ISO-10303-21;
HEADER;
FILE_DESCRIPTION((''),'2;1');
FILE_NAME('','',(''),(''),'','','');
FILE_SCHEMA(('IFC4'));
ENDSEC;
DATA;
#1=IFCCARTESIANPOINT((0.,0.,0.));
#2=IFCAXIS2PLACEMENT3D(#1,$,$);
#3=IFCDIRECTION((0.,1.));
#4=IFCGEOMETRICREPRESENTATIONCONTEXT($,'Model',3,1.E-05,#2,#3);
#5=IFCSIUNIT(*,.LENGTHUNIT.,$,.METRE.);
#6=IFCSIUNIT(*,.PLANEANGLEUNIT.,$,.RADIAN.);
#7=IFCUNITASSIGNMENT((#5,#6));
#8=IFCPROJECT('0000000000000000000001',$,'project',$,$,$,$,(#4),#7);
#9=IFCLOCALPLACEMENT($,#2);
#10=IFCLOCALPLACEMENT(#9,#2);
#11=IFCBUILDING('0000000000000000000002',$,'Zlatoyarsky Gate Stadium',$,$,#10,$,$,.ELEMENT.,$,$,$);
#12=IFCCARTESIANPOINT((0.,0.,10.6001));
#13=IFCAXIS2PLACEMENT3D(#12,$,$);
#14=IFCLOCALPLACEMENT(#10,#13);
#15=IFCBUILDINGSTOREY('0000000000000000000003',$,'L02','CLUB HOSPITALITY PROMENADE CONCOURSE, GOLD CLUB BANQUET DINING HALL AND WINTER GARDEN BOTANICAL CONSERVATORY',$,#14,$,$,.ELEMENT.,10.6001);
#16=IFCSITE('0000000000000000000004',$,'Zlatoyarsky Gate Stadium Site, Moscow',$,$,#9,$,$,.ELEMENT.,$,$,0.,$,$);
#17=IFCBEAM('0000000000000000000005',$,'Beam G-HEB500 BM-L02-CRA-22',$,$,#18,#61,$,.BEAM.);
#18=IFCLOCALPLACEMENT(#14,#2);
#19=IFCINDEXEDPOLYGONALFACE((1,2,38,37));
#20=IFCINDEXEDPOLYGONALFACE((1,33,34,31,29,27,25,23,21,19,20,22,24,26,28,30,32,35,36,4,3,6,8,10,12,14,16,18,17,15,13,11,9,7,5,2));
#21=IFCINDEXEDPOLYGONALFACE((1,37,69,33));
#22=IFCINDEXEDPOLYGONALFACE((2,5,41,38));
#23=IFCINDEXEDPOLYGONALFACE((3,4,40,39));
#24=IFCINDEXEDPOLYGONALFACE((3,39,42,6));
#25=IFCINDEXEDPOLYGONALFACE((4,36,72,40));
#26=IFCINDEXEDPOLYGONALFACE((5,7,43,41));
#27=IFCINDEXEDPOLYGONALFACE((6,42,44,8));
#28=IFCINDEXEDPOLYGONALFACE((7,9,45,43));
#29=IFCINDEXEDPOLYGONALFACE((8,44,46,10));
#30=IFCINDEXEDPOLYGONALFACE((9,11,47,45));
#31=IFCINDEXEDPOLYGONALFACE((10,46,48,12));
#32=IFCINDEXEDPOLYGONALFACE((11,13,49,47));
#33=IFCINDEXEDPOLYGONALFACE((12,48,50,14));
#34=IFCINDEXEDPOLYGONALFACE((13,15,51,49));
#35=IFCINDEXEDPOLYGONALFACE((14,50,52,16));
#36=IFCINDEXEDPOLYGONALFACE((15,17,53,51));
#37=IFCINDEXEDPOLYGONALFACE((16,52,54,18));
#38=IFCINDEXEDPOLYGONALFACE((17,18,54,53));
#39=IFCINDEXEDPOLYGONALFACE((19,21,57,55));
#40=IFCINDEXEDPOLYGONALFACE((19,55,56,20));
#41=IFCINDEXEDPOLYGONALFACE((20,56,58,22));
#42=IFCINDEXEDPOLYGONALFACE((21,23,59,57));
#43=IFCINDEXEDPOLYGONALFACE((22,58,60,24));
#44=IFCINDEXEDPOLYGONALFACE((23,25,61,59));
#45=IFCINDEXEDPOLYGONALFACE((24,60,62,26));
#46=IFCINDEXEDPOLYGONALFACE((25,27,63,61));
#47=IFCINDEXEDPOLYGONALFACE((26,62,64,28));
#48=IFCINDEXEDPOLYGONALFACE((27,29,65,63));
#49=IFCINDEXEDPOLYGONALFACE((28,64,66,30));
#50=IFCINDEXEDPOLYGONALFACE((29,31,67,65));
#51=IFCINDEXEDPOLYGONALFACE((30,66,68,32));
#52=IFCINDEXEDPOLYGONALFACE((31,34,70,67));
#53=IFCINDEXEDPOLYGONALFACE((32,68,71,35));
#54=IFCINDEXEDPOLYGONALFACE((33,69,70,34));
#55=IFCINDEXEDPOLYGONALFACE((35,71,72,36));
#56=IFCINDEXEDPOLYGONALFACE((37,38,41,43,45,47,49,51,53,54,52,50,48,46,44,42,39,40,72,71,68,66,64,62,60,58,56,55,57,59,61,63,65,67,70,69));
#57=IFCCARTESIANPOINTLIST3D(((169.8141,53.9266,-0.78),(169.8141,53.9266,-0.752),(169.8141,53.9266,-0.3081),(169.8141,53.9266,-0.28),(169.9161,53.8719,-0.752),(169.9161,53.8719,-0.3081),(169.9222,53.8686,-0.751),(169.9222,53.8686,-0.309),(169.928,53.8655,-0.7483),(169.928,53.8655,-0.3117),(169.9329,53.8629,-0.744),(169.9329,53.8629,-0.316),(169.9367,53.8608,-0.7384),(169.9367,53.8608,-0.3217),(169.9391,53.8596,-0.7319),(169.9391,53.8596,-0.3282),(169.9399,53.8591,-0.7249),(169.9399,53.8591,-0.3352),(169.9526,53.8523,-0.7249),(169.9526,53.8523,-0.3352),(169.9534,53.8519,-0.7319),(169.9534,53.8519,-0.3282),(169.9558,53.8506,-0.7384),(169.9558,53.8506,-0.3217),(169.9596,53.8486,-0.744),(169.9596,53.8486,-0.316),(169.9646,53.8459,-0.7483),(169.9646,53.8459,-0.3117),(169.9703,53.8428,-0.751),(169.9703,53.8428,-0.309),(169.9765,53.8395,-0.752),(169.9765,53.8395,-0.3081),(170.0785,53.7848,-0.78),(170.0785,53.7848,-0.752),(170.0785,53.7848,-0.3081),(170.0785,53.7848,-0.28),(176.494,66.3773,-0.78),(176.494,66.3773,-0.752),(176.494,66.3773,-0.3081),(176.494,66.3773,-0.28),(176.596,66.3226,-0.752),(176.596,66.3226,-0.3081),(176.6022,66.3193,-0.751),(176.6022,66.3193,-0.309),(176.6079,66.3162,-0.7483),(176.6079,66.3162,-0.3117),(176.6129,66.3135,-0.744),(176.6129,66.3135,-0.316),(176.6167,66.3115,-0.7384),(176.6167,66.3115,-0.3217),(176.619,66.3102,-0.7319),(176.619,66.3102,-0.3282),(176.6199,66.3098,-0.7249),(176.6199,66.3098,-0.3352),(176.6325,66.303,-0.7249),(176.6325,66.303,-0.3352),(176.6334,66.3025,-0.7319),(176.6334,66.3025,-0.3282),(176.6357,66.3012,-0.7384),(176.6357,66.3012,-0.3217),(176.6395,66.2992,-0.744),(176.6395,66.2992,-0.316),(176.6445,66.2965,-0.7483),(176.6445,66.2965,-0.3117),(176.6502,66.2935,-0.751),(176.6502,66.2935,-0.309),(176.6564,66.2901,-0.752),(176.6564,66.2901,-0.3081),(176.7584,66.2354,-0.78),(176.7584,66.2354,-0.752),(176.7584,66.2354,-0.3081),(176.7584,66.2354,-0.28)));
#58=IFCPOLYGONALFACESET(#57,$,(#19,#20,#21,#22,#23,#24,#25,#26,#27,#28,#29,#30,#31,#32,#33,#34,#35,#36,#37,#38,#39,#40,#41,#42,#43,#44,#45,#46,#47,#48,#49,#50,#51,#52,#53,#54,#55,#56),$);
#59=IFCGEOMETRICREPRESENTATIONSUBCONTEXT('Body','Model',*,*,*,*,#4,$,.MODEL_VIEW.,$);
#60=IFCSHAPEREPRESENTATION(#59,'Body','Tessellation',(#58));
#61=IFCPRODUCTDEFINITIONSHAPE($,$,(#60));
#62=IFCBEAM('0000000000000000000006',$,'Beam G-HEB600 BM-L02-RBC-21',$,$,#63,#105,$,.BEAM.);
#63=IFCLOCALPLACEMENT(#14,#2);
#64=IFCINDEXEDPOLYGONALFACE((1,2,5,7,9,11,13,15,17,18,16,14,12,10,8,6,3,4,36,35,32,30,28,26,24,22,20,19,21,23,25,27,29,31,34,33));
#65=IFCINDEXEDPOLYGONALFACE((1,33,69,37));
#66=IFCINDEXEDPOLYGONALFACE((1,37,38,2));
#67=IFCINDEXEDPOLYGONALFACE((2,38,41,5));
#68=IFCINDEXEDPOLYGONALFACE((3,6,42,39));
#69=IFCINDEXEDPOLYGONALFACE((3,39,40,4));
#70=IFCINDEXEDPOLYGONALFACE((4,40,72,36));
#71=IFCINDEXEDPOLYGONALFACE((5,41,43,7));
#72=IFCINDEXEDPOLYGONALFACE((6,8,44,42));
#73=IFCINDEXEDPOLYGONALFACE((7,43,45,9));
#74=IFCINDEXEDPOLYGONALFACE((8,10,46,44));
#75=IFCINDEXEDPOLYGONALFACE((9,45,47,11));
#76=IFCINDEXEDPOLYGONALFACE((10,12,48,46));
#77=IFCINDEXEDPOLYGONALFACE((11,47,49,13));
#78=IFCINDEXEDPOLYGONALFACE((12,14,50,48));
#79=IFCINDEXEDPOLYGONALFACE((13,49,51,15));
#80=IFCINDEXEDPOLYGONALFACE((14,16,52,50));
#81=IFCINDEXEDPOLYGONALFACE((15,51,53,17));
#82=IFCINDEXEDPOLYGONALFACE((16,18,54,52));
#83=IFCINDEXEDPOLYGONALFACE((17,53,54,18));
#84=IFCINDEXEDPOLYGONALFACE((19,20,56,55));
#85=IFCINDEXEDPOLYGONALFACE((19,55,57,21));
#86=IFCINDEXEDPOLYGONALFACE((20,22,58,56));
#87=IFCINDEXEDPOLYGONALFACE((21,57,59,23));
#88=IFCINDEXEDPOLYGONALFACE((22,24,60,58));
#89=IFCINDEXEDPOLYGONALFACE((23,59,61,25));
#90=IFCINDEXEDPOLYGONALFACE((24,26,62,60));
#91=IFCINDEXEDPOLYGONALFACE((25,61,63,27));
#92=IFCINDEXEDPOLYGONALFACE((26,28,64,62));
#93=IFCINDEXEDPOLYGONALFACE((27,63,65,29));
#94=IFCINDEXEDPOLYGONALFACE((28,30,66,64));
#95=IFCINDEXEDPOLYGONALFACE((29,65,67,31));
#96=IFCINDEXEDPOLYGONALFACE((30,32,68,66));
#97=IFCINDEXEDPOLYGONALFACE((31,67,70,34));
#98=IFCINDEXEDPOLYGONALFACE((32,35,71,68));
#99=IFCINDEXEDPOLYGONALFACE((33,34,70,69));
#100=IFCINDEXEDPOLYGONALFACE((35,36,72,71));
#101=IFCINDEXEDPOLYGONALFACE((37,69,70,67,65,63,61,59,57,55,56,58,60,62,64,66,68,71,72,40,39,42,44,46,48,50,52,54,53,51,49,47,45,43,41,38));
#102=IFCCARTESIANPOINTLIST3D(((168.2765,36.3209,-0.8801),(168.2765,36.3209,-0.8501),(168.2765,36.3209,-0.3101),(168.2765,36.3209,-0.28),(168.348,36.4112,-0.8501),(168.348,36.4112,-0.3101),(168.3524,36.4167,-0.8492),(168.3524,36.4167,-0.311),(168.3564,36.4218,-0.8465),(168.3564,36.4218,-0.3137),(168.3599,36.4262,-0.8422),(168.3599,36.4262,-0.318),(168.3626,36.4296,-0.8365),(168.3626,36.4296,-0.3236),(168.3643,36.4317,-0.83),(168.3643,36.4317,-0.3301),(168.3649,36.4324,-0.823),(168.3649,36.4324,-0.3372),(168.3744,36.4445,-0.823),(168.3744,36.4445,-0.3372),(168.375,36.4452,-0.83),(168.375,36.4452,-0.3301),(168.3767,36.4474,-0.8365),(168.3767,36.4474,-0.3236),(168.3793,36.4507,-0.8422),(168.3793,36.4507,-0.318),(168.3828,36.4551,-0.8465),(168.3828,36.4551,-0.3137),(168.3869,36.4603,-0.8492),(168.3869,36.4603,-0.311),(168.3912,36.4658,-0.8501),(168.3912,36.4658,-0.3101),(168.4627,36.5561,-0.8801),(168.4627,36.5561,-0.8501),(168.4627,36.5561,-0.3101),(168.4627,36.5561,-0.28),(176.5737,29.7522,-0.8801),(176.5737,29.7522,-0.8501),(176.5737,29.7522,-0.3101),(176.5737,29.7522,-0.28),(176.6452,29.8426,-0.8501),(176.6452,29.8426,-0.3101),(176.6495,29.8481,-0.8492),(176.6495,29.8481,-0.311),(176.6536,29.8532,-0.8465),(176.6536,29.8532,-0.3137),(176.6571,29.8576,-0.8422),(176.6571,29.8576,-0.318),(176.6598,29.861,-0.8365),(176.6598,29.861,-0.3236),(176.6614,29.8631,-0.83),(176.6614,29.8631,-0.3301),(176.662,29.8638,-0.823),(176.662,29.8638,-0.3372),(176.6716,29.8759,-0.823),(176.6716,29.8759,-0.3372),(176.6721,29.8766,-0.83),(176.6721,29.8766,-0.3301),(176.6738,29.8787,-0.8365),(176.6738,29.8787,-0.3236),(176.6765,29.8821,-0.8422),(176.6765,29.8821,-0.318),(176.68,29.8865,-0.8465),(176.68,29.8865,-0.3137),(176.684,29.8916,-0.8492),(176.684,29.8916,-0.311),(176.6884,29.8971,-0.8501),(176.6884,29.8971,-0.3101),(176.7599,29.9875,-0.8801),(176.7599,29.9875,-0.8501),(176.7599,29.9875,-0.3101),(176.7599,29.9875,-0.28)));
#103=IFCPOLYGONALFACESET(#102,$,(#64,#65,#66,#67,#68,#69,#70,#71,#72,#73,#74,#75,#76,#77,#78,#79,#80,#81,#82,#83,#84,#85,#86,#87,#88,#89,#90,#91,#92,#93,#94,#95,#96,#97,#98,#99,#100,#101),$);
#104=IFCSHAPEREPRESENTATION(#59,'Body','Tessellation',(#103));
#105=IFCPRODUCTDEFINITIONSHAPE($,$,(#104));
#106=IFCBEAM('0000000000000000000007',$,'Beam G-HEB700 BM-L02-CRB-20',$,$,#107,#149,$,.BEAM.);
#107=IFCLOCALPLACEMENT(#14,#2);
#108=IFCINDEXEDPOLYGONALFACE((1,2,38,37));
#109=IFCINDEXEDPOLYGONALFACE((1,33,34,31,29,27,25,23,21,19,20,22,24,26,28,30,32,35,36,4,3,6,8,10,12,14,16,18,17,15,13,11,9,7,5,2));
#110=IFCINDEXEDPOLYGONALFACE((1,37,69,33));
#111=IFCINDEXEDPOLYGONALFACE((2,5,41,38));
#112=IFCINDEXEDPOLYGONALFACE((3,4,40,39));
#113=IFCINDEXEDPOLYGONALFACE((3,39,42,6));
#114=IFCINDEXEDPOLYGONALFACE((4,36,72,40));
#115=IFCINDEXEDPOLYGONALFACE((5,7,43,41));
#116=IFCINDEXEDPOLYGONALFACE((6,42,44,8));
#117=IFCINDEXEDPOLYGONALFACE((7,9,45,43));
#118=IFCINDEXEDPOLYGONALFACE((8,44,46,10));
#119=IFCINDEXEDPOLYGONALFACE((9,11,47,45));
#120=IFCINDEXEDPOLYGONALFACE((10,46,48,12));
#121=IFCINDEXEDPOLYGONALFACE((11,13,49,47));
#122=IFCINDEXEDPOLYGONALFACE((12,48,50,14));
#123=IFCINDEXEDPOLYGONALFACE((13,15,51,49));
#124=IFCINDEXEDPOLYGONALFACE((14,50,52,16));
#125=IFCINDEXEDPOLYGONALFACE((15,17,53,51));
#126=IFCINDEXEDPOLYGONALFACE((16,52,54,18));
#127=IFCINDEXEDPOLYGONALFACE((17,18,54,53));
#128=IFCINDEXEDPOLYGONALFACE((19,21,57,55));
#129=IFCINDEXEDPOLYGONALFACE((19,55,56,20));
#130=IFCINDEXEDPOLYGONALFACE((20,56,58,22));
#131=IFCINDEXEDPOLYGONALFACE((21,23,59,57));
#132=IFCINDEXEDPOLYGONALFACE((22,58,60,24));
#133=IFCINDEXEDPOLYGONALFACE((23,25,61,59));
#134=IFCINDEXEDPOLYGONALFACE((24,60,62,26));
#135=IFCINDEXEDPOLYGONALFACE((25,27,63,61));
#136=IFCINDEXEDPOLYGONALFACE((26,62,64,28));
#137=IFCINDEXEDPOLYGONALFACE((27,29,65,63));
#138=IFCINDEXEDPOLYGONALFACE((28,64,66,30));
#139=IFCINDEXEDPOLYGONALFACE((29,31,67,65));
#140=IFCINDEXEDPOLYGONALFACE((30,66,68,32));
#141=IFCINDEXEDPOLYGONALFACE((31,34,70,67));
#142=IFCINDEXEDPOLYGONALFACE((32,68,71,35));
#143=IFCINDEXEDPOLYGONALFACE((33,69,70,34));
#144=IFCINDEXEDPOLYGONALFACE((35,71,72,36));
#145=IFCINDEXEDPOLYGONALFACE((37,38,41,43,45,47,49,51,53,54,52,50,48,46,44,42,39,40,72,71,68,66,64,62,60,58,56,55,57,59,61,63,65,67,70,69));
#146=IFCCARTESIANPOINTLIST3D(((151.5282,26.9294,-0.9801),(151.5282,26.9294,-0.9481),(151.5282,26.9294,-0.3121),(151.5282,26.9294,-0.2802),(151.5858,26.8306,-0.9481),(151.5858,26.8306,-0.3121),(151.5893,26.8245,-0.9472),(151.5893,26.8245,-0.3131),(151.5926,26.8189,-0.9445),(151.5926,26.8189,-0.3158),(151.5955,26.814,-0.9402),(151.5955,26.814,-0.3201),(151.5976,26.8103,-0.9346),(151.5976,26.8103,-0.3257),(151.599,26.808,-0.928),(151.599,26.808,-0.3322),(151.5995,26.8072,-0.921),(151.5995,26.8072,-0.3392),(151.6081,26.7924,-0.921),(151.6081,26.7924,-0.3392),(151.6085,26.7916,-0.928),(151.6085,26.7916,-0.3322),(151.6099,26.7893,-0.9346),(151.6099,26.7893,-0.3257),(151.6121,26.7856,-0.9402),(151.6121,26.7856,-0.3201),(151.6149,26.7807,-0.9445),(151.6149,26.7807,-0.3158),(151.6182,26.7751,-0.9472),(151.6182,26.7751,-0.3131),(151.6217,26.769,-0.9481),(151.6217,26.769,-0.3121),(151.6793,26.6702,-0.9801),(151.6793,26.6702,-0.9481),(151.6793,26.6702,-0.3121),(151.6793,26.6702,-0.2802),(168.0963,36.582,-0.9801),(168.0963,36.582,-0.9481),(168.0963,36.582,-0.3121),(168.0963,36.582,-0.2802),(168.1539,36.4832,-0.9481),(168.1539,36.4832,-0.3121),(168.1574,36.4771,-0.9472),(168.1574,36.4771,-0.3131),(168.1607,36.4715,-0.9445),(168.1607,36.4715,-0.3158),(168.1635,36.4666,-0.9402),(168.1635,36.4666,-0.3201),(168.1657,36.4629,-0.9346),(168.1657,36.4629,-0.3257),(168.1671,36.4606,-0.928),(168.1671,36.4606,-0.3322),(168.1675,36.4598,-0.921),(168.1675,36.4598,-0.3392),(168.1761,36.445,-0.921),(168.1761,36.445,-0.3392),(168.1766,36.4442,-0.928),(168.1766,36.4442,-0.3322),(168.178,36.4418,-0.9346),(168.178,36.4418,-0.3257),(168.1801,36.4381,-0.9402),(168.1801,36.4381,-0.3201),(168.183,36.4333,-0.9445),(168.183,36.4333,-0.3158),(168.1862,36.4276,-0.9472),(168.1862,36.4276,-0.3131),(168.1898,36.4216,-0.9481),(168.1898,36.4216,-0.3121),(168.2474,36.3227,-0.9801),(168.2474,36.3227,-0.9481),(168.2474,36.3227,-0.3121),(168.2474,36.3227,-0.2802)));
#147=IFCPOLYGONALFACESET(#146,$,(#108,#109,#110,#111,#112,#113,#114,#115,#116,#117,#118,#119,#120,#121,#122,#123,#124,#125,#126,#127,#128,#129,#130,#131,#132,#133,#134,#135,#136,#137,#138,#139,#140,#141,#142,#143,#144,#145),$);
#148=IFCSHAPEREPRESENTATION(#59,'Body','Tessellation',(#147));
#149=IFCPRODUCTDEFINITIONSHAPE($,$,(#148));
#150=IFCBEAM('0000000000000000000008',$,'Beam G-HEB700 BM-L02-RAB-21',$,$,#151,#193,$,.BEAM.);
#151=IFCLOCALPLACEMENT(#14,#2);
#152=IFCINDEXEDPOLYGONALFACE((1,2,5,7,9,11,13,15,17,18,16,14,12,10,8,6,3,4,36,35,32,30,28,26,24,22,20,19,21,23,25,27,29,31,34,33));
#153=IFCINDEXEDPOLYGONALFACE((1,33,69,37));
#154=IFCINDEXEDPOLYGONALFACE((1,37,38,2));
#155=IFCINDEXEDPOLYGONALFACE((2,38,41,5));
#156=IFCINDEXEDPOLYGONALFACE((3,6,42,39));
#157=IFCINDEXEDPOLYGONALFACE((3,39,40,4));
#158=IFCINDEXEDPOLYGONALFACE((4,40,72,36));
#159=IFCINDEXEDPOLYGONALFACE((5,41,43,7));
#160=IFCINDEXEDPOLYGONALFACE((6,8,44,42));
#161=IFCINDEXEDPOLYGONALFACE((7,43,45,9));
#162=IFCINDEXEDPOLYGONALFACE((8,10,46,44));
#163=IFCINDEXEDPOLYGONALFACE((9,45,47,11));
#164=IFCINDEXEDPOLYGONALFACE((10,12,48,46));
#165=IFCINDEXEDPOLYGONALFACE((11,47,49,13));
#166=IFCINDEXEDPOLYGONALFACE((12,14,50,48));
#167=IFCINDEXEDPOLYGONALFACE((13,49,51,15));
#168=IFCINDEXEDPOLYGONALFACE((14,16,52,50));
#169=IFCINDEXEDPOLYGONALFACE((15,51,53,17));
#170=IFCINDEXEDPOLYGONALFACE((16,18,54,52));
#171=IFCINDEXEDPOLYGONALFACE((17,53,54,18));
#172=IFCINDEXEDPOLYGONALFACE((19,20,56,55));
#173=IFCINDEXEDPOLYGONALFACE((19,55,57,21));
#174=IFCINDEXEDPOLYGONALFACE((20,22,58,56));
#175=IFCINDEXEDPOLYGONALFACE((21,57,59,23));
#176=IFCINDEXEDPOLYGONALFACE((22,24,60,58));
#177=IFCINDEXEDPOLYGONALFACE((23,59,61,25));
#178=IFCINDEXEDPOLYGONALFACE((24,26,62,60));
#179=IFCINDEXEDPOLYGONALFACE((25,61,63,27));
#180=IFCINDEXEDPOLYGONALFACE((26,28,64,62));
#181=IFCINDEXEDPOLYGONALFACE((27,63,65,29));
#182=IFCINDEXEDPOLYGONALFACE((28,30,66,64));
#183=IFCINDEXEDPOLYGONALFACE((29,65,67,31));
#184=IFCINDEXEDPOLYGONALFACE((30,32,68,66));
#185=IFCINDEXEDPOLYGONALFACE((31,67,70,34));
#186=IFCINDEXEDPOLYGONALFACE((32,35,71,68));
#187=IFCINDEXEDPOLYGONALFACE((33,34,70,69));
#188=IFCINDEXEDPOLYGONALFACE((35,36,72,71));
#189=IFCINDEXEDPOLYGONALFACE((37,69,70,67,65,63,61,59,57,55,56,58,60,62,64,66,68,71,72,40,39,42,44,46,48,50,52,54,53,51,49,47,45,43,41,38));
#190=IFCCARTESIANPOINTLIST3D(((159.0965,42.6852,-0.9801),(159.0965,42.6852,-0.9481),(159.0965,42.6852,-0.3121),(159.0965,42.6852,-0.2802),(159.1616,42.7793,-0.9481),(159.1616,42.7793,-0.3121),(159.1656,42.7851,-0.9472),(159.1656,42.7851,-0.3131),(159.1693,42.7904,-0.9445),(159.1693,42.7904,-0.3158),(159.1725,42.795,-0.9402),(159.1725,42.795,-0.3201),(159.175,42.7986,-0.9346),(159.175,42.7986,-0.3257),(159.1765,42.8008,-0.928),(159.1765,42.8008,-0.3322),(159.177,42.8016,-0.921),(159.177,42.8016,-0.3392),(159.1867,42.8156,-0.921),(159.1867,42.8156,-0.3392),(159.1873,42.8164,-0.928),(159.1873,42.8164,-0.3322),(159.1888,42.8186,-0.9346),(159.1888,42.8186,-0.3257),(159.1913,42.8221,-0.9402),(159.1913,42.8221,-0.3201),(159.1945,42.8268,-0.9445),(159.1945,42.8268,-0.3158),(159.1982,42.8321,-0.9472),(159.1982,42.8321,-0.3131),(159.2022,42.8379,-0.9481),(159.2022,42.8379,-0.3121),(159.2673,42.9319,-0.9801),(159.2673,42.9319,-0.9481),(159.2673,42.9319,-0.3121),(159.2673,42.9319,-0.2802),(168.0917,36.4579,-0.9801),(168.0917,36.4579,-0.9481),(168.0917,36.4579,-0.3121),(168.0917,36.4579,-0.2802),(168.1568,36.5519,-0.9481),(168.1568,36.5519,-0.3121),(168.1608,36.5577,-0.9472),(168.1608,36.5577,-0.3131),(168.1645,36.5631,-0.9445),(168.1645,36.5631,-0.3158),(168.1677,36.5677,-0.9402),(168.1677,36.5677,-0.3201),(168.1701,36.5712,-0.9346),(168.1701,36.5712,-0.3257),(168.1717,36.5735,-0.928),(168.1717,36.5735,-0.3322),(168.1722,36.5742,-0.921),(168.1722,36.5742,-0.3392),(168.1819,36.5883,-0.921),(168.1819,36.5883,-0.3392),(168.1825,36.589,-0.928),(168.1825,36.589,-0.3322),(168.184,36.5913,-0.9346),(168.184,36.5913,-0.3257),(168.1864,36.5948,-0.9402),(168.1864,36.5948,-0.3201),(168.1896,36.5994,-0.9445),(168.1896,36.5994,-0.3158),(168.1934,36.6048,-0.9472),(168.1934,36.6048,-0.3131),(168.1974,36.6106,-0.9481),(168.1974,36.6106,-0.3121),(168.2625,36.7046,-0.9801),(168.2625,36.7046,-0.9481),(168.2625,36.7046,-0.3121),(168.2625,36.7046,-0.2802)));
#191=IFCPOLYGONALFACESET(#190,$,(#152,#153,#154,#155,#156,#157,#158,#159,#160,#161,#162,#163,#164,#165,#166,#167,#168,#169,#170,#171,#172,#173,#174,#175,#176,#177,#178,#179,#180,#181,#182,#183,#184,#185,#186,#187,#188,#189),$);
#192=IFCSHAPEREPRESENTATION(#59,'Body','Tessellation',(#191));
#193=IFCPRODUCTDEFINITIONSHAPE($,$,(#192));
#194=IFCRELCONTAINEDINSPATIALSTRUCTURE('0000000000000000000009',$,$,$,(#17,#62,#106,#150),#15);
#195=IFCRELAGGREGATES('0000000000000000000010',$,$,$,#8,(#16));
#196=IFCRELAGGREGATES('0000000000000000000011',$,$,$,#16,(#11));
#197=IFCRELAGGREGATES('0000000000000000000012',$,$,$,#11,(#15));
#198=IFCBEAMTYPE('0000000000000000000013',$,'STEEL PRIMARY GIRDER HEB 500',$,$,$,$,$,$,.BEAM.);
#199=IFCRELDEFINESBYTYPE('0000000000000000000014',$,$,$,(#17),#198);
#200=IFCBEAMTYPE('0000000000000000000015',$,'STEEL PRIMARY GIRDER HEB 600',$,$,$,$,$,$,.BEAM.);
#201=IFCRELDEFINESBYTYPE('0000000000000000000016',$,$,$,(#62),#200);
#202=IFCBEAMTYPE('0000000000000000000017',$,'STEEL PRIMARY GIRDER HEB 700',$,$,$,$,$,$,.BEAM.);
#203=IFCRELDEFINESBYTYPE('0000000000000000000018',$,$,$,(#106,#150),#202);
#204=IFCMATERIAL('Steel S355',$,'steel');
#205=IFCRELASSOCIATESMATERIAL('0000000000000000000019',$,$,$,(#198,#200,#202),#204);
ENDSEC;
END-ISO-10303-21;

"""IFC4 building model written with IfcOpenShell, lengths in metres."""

from ifc_helpers import new_model, si_unit, direction, frame, origin, origin_2d, place, context, subcontext, project, spatial, i_section, extrude, material, material_profile, profile_set, type_object, element, save


model = new_model("IFC4")

# Units and contexts
model_context = context("Model", 3, precision=1e-05, world=origin(), true_north=direction((0.0, 1.0)))
body_context = subcontext(model_context, "Body", "Model", "MODEL_VIEW")
ifc_project = project(units=[si_unit("LENGTHUNIT", "METRE"), si_unit("PLANEANGLEUNIT", "RADIAN")], contexts=[model_context])

# Site, building, storey
site_placement = place(None, origin())
site = spatial("IfcSite", under=ifc_project, at=site_placement, Name="Zlatoyarsky Gate Stadium Site, Moscow", CompositionType="ELEMENT", RefElevation=0.0)
building_placement = place(site_placement, origin())
building = spatial("IfcBuilding", under=site, at=building_placement, Name="Zlatoyarsky Gate Stadium", CompositionType="ELEMENT")
storey_placement = place(building_placement, frame((0.0, 0.0, 10.6001)))
storey = spatial("IfcBuildingStorey", under=building, at=storey_placement, Name="L02", Description="CLUB HOSPITALITY PROMENADE CONCOURSE, GOLD CLUB BANQUET DINING HALL AND WINTER GARDEN BOTANICAL CONSERVATORY", CompositionType="ELEMENT", Elevation=10.6001)

# Shared definitions
ifc_material_1 = material(Name="Steel S355", Category="steel")

# Beams
ifc_material_profile_1 = material_profile(ifc_material_1, i_section(OverallWidth=0.3, OverallDepth=0.5, WebThickness=0.0144, FlangeThickness=0.0281, FilletRadius=0.0271, at=origin_2d()), Name="HEB 500")
ifc_profile_set_1 = profile_set([ifc_material_profile_1], Name="Steel S355")
beam_type_1 = type_object("IfcBeamType", Name="STEEL PRIMARY GIRDER HEB 500", PredefinedType="BEAM", material=ifc_profile_set_1)
beam_1_placement = place(storey_placement, frame((169.9463, 53.8557, -0.53), z_axis=(0.472767, 0.881187, 0.0), x_axis=(-0.881187, 0.472767, 0.0)))
element("IfcBeam", 1, at=beam_1_placement, inside=storey, type_object=beam_type_1, Name="Beam G-HEB500 BM-L02-CRA-22", PredefinedType="BEAM", context=body_context, shape_type="SweptSolid", body=[
    extrude(i_section(OverallWidth=0.3, OverallDepth=0.5, WebThickness=0.0144, FlangeThickness=0.0281, FilletRadius=0.0271, at=origin_2d()), origin(), (0.0, 0.0, 1.0), 14.1294),
])
ifc_material_profile_2 = material_profile(ifc_material_1, i_section(OverallWidth=0.3, OverallDepth=0.6001, WebThickness=0.0154, FlangeThickness=0.03, FilletRadius=0.0271, at=origin_2d()), Name="HEB 600")
ifc_profile_set_2 = profile_set([ifc_material_profile_2], Name="Steel S355")
beam_type_2 = type_object("IfcBeamType", Name="STEEL PRIMARY GIRDER HEB 600", PredefinedType="BEAM", material=ifc_profile_set_2)
beam_2_placement = place(storey_placement, frame((168.3696, 36.4385, -0.5801), z_axis=(0.784043, -0.620706, 0.0), x_axis=(0.620706, 0.784043, 0.0)))
element("IfcBeam", 2, at=beam_2_placement, inside=storey, type_object=beam_type_2, Name="Beam G-HEB600 BM-L02-RBC-21", PredefinedType="BEAM", context=body_context, shape_type="SweptSolid", body=[
    extrude(i_section(OverallWidth=0.3, OverallDepth=0.6001, WebThickness=0.0154, FlangeThickness=0.03, FilletRadius=0.0271, at=origin_2d()), origin(), (0.0, 0.0, 1.0), 10.5825),
])
ifc_material_profile_3 = material_profile(ifc_material_1, i_section(OverallWidth=0.3, OverallDepth=0.7, WebThickness=0.0171, FlangeThickness=0.032, FilletRadius=0.0271, at=origin_2d()), Name="HEB 700")
ifc_profile_set_3 = profile_set([ifc_material_profile_3], Name="Steel S355")
beam_type_3 = type_object("IfcBeamType", Name="STEEL PRIMARY GIRDER HEB 700", PredefinedType="BEAM", material=ifc_profile_set_3)
beam_3_placement = place(storey_placement, frame((151.6038, 26.7998, -0.6301), z_axis=(0.864054, 0.503398, 0.0), x_axis=(-0.503398, 0.864054, 0.0)))
element("IfcBeam", 3, at=beam_3_placement, inside=storey, type_object=beam_type_3, Name="Beam G-HEB700 BM-L02-CRB-20", PredefinedType="BEAM", context=body_context, shape_type="SweptSolid", body=[
    extrude(i_section(OverallWidth=0.3, OverallDepth=0.7, WebThickness=0.0171, FlangeThickness=0.032, FilletRadius=0.0271, at=origin_2d()), origin(), (0.0, 0.0, 1.0), 19.1748),
])
beam_4_placement = place(storey_placement, frame((159.1819, 42.8086, -0.6301), z_axis=(0.822196, -0.569204, 0.0), x_axis=(0.569204, 0.822196, 0.0)))
element("IfcBeam", 4, at=beam_4_placement, inside=storey, type_object=beam_type_3, Name="Beam G-HEB700 BM-L02-RAB-21", PredefinedType="BEAM", context=body_context, shape_type="SweptSolid", body=[
    extrude(i_section(OverallWidth=0.3, OverallDepth=0.7, WebThickness=0.0171, FlangeThickness=0.032, FilletRadius=0.0271, at=origin_2d()), origin(), (0.0, 0.0, 1.0), 10.9404),
])

save(model, "model.ifc")
